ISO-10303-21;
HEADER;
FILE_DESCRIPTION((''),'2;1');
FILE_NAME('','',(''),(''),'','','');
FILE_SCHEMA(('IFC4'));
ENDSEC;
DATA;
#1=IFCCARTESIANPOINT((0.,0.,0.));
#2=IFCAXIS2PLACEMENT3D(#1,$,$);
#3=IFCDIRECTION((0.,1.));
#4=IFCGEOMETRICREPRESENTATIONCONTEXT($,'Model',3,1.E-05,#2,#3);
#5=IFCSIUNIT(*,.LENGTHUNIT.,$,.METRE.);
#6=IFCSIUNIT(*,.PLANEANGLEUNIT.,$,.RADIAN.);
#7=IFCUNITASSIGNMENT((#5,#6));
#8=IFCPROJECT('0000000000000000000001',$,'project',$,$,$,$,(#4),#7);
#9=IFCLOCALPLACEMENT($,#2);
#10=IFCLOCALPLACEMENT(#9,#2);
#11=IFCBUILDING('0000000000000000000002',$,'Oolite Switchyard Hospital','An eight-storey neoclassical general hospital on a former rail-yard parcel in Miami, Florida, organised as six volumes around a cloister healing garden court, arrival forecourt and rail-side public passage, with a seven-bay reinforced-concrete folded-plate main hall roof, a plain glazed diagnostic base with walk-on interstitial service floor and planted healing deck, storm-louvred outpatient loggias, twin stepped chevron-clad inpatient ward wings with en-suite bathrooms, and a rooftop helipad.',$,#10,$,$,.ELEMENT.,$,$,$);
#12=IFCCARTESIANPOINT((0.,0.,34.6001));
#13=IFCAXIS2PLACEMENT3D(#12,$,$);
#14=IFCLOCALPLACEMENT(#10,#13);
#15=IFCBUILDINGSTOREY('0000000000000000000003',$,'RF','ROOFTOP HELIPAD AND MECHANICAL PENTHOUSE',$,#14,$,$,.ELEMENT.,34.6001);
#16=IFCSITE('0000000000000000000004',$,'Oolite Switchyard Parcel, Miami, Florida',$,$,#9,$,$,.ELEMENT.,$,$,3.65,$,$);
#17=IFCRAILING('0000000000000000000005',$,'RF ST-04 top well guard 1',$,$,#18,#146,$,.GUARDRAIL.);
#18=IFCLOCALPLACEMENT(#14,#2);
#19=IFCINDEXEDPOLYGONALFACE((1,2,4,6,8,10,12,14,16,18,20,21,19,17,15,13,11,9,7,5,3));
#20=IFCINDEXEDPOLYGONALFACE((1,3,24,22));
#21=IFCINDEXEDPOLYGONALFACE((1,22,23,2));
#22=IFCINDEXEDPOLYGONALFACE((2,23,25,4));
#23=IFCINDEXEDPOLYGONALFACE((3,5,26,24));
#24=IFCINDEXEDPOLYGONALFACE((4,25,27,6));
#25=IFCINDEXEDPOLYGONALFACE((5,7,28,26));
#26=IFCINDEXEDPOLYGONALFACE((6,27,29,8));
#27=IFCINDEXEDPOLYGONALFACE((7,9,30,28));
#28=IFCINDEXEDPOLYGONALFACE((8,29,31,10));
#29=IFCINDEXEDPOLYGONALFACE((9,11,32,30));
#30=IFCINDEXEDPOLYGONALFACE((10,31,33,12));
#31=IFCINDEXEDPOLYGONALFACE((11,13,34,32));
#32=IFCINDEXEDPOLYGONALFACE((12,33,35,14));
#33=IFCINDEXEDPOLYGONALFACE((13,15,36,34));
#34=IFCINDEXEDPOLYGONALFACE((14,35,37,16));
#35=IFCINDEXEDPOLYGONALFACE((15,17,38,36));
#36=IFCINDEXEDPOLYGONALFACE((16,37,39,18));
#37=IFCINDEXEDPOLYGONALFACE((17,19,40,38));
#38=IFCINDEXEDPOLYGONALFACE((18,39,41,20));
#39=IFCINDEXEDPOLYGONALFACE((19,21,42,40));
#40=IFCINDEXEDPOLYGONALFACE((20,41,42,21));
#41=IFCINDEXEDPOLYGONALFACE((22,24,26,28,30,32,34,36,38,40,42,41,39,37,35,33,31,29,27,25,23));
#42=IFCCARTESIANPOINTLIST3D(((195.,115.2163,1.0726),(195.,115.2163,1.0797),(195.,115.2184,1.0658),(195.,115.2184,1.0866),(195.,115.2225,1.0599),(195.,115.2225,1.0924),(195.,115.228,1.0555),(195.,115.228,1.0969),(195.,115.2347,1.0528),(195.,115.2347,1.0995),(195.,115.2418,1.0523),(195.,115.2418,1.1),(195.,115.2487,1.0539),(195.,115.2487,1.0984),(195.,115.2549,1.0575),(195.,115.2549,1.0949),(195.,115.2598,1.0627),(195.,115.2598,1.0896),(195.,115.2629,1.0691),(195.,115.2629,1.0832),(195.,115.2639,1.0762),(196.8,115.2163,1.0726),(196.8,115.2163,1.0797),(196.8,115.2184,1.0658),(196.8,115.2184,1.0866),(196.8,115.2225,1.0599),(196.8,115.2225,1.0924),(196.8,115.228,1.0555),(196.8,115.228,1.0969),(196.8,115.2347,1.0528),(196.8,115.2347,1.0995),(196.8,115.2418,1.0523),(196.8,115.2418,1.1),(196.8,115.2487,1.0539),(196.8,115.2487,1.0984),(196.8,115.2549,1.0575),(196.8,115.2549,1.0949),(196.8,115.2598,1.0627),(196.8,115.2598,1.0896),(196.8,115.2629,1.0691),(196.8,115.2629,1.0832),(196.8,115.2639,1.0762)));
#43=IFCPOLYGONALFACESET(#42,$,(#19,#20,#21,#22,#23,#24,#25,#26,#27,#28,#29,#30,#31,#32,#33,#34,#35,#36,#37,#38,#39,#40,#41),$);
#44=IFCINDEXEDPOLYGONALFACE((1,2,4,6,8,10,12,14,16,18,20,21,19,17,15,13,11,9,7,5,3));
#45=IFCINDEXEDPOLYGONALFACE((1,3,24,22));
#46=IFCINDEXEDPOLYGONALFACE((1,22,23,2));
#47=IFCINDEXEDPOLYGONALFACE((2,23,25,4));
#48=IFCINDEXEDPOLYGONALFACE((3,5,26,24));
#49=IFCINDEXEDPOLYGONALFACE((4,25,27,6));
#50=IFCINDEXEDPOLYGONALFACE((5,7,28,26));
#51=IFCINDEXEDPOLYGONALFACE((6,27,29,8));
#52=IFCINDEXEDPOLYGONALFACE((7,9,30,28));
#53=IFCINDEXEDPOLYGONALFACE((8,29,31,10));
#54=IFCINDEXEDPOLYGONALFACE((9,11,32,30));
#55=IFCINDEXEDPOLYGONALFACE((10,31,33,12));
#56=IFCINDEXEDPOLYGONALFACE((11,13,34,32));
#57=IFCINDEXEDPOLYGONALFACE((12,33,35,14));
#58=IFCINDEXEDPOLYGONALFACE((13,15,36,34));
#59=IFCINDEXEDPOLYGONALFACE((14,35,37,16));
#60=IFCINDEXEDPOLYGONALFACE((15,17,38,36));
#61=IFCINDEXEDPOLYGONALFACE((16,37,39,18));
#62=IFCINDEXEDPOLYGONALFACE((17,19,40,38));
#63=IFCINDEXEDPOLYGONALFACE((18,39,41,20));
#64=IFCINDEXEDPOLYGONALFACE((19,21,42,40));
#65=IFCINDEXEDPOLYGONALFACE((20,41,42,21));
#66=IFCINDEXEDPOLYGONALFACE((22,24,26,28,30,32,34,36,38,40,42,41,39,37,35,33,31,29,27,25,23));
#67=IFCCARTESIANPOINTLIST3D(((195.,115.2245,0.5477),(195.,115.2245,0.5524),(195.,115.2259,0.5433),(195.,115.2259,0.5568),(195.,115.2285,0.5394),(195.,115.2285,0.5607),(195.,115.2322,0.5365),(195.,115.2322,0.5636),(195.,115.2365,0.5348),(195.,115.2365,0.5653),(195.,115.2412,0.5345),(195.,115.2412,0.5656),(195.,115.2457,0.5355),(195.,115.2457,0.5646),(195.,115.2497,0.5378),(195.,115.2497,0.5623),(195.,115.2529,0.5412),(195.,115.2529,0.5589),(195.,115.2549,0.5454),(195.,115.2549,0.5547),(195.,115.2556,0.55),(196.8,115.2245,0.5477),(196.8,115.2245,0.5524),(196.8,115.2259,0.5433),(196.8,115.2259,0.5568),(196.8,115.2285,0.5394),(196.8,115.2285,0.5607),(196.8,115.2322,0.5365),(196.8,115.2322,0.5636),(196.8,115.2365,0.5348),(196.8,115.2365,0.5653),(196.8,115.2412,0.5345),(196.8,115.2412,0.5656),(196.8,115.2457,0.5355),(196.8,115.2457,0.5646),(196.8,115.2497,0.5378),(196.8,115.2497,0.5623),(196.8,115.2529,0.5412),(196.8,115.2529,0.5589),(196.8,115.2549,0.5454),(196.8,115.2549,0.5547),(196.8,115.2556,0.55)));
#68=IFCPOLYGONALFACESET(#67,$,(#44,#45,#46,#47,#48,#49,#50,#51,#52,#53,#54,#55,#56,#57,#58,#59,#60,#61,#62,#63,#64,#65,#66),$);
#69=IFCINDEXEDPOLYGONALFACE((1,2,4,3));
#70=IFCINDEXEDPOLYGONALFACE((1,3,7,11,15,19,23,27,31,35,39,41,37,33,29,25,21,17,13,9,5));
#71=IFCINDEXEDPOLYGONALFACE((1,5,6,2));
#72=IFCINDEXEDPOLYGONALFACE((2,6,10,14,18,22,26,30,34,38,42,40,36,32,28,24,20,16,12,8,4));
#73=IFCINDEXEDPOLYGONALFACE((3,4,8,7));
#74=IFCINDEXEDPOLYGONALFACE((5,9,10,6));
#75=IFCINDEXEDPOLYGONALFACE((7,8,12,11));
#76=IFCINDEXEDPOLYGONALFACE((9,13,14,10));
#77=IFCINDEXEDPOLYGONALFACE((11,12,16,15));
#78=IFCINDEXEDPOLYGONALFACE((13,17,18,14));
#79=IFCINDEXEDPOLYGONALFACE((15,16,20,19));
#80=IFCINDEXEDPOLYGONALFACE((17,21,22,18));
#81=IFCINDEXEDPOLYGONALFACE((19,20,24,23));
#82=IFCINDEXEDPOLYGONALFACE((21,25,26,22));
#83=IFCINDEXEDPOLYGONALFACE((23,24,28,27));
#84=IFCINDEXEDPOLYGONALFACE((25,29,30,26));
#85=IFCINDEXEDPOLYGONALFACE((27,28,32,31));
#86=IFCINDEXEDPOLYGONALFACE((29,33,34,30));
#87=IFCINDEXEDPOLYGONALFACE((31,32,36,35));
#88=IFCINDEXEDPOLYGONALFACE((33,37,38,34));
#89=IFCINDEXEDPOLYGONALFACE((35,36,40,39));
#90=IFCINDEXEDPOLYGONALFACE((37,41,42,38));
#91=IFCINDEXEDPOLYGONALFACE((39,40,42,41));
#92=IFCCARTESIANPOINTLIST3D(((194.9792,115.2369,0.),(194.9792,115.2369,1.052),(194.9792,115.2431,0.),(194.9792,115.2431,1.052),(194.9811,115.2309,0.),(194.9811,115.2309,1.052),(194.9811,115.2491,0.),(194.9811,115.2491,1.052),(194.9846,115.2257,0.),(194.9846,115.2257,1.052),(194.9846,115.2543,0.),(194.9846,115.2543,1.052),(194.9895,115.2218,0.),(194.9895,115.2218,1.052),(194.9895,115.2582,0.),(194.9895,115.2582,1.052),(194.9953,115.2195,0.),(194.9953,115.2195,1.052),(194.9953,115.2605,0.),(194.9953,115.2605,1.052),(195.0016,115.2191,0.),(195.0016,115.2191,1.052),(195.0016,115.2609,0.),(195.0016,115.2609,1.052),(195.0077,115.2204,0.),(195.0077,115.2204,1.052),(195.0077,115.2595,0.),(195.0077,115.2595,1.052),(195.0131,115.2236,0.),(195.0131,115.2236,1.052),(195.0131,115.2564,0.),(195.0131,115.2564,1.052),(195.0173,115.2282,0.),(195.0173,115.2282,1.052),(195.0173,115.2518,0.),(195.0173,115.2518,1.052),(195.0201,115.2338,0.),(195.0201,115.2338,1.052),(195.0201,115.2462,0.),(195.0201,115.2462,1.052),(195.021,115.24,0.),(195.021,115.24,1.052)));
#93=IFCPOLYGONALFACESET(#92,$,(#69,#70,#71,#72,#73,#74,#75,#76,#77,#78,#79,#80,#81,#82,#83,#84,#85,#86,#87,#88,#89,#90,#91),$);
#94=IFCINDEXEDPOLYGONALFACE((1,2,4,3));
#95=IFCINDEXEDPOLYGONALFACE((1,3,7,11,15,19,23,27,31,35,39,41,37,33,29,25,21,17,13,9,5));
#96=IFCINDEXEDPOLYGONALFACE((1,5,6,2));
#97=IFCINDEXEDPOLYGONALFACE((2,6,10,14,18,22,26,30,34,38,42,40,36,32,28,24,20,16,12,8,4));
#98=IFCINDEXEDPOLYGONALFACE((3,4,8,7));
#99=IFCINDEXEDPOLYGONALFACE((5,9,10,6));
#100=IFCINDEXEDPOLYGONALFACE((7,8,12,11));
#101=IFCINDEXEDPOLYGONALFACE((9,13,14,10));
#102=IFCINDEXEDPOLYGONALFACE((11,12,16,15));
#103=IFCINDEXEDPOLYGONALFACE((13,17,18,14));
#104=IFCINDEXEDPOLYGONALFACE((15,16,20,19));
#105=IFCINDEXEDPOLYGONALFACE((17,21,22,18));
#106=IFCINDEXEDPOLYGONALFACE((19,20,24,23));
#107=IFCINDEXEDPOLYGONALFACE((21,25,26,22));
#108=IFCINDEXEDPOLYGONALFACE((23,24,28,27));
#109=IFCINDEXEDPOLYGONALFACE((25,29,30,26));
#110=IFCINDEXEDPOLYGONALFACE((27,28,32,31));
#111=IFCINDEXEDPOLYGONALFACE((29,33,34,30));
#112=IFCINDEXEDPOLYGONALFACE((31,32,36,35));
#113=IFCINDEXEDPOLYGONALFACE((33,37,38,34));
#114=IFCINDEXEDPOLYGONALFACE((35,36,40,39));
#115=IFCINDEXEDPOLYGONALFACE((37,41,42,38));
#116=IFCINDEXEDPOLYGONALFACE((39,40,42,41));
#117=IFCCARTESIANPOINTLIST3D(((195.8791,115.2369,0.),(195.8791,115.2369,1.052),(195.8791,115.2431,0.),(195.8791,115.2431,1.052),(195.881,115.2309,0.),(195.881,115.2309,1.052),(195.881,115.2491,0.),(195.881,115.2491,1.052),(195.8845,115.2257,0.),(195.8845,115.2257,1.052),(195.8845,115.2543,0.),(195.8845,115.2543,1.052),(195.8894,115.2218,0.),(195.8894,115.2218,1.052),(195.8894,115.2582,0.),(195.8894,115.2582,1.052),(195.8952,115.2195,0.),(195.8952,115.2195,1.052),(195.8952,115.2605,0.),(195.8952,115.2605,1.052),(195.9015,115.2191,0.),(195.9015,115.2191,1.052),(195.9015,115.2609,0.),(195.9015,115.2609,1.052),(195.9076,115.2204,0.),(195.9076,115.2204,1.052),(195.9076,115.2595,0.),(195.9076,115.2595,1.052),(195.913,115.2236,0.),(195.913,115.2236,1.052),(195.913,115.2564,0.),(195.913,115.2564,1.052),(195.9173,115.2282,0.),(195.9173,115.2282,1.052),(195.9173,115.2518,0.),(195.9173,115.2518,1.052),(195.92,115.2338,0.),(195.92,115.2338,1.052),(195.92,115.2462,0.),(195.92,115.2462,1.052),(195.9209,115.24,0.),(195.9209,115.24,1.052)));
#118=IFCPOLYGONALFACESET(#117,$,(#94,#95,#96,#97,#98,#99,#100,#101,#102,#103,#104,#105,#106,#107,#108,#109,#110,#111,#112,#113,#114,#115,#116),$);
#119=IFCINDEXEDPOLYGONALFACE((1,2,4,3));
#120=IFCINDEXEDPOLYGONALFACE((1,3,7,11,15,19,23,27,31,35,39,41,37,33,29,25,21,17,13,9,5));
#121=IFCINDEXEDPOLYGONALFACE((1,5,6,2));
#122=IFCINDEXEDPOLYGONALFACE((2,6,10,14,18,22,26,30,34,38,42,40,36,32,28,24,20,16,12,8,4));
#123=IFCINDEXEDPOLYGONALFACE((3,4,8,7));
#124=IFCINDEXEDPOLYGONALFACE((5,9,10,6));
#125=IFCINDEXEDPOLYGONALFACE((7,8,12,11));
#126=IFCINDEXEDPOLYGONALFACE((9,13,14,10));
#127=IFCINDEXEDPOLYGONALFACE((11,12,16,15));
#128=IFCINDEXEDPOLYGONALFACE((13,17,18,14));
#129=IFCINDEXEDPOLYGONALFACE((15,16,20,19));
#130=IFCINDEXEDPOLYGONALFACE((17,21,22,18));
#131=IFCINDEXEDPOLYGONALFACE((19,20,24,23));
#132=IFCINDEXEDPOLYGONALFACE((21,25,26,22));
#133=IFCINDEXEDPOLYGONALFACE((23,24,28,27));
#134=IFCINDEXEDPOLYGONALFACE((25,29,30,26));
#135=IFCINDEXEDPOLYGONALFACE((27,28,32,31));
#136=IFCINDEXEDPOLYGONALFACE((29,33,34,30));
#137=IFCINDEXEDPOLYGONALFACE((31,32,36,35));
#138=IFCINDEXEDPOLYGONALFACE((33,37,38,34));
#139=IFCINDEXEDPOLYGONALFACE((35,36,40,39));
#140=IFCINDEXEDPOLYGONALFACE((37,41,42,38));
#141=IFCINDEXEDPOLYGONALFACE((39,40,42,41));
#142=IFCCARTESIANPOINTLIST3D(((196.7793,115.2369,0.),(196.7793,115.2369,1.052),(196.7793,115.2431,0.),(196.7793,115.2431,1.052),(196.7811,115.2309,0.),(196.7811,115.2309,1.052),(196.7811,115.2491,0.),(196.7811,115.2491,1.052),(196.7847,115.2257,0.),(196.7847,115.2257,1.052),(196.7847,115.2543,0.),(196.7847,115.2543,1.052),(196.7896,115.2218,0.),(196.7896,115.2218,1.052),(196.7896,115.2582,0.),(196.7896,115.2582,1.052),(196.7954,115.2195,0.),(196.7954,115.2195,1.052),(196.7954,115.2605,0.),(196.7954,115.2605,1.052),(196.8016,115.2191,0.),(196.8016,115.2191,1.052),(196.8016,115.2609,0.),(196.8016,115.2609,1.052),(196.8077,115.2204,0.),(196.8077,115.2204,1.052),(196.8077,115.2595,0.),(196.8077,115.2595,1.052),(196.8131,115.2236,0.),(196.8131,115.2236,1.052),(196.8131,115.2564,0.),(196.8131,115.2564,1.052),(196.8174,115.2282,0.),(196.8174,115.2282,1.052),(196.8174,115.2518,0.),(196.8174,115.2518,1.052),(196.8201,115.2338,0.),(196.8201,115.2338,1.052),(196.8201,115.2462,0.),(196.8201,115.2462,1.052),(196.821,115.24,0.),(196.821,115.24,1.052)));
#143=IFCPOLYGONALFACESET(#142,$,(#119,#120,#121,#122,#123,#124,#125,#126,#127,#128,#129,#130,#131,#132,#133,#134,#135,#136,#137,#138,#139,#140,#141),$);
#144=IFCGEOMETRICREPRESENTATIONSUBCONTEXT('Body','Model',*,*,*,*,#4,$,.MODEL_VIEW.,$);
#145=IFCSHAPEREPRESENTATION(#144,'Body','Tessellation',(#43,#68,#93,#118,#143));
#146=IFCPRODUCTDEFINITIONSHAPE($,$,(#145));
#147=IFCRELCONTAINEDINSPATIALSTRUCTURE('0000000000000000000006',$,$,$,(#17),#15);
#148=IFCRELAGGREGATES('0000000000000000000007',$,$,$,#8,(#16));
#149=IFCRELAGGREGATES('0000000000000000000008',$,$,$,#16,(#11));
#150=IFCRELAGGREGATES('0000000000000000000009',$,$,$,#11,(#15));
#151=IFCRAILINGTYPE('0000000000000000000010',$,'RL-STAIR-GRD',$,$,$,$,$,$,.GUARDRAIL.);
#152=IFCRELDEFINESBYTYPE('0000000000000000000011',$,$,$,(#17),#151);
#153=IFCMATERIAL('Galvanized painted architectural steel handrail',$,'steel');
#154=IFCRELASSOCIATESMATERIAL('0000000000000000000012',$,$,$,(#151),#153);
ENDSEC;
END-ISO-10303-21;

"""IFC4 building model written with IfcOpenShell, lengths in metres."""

from ifc_helpers import new_model, si_unit, direction, frame, origin, origin_2d, place, context, subcontext, project, spatial, circle, extrude, material, type_object, element, save


model = new_model("IFC4")

# Units and contexts
model_context = context("Model", 3, precision=1e-05, world=origin(), true_north=direction((0.0, 1.0)))
body_context = subcontext(model_context, "Body", "Model", "MODEL_VIEW")
ifc_project = project(units=[si_unit("LENGTHUNIT", "METRE"), si_unit("PLANEANGLEUNIT", "RADIAN")], contexts=[model_context])

# Site, building, storey
site_placement = place(None, origin())
site = spatial("IfcSite", under=ifc_project, at=site_placement, Name="Oolite Switchyard Parcel, Miami, Florida", CompositionType="ELEMENT", RefElevation=3.65)
building_placement = place(site_placement, origin())
building = spatial("IfcBuilding", under=site, at=building_placement, Name="Oolite Switchyard Hospital", Description="An eight-storey neoclassical general hospital on a former rail-yard parcel in Miami, Florida, organised as six volumes around a cloister healing garden court, arrival forecourt and rail-side public passage, with a seven-bay reinforced-concrete folded-plate main hall roof, a plain glazed diagnostic base with walk-on interstitial service floor and planted healing deck, storm-louvred outpatient loggias, twin stepped chevron-clad inpatient ward wings with en-suite bathrooms, and a rooftop helipad.", CompositionType="ELEMENT")
storey_placement = place(building_placement, frame((0.0, 0.0, 34.6001)))
storey = spatial("IfcBuildingStorey", under=building, at=storey_placement, Name="RF", Description="ROOFTOP HELIPAD AND MECHANICAL PENTHOUSE", CompositionType="ELEMENT", Elevation=34.6001)

# Railing
ifc_material_1 = material(Name="Galvanized painted architectural steel handrail", Category="steel")
railing_type = type_object("IfcRailingType", Name="RL-STAIR-GRD", PredefinedType="GUARDRAIL", material=ifc_material_1)
railing_placement = place(storey_placement, frame((195.0, 115.24, 0.0)))
element("IfcRailing", 1, at=railing_placement, inside=storey, type_object=railing_type, Name="RF ST-04 top well guard 1", PredefinedType="GUARDRAIL", context=body_context, shape_type="SweptSolid", body=[
    extrude(circle(Radius=0.0239, at=origin_2d()), frame((0.0, 0.0, 1.0762), z_axis=(1.0, 0.0, 0.0), x_axis=(0.0, 1.0, 0.0)), (0.0, 0.0, 1.0), 1.8),
    extrude(circle(Radius=0.0156, at=origin_2d()), frame((0.0, 0.0, 0.55), z_axis=(1.0, 0.0, 0.0), x_axis=(0.0, 1.0, 0.0)), (0.0, 0.0, 1.0), 1.8),
    extrude(circle(Radius=0.021, at=origin_2d()), origin(), (0.0, 0.0, 1.0), 1.052),
    extrude(circle(Radius=0.021, at=origin_2d()), frame((0.8999, 0.0, 0.0)), (0.0, 0.0, 1.0), 1.052),
    extrude(circle(Radius=0.021, at=origin_2d()), frame((1.8, 0.0, 0.0)), (0.0, 0.0, 1.0), 1.052),
])

save(model, "model.ifc")
